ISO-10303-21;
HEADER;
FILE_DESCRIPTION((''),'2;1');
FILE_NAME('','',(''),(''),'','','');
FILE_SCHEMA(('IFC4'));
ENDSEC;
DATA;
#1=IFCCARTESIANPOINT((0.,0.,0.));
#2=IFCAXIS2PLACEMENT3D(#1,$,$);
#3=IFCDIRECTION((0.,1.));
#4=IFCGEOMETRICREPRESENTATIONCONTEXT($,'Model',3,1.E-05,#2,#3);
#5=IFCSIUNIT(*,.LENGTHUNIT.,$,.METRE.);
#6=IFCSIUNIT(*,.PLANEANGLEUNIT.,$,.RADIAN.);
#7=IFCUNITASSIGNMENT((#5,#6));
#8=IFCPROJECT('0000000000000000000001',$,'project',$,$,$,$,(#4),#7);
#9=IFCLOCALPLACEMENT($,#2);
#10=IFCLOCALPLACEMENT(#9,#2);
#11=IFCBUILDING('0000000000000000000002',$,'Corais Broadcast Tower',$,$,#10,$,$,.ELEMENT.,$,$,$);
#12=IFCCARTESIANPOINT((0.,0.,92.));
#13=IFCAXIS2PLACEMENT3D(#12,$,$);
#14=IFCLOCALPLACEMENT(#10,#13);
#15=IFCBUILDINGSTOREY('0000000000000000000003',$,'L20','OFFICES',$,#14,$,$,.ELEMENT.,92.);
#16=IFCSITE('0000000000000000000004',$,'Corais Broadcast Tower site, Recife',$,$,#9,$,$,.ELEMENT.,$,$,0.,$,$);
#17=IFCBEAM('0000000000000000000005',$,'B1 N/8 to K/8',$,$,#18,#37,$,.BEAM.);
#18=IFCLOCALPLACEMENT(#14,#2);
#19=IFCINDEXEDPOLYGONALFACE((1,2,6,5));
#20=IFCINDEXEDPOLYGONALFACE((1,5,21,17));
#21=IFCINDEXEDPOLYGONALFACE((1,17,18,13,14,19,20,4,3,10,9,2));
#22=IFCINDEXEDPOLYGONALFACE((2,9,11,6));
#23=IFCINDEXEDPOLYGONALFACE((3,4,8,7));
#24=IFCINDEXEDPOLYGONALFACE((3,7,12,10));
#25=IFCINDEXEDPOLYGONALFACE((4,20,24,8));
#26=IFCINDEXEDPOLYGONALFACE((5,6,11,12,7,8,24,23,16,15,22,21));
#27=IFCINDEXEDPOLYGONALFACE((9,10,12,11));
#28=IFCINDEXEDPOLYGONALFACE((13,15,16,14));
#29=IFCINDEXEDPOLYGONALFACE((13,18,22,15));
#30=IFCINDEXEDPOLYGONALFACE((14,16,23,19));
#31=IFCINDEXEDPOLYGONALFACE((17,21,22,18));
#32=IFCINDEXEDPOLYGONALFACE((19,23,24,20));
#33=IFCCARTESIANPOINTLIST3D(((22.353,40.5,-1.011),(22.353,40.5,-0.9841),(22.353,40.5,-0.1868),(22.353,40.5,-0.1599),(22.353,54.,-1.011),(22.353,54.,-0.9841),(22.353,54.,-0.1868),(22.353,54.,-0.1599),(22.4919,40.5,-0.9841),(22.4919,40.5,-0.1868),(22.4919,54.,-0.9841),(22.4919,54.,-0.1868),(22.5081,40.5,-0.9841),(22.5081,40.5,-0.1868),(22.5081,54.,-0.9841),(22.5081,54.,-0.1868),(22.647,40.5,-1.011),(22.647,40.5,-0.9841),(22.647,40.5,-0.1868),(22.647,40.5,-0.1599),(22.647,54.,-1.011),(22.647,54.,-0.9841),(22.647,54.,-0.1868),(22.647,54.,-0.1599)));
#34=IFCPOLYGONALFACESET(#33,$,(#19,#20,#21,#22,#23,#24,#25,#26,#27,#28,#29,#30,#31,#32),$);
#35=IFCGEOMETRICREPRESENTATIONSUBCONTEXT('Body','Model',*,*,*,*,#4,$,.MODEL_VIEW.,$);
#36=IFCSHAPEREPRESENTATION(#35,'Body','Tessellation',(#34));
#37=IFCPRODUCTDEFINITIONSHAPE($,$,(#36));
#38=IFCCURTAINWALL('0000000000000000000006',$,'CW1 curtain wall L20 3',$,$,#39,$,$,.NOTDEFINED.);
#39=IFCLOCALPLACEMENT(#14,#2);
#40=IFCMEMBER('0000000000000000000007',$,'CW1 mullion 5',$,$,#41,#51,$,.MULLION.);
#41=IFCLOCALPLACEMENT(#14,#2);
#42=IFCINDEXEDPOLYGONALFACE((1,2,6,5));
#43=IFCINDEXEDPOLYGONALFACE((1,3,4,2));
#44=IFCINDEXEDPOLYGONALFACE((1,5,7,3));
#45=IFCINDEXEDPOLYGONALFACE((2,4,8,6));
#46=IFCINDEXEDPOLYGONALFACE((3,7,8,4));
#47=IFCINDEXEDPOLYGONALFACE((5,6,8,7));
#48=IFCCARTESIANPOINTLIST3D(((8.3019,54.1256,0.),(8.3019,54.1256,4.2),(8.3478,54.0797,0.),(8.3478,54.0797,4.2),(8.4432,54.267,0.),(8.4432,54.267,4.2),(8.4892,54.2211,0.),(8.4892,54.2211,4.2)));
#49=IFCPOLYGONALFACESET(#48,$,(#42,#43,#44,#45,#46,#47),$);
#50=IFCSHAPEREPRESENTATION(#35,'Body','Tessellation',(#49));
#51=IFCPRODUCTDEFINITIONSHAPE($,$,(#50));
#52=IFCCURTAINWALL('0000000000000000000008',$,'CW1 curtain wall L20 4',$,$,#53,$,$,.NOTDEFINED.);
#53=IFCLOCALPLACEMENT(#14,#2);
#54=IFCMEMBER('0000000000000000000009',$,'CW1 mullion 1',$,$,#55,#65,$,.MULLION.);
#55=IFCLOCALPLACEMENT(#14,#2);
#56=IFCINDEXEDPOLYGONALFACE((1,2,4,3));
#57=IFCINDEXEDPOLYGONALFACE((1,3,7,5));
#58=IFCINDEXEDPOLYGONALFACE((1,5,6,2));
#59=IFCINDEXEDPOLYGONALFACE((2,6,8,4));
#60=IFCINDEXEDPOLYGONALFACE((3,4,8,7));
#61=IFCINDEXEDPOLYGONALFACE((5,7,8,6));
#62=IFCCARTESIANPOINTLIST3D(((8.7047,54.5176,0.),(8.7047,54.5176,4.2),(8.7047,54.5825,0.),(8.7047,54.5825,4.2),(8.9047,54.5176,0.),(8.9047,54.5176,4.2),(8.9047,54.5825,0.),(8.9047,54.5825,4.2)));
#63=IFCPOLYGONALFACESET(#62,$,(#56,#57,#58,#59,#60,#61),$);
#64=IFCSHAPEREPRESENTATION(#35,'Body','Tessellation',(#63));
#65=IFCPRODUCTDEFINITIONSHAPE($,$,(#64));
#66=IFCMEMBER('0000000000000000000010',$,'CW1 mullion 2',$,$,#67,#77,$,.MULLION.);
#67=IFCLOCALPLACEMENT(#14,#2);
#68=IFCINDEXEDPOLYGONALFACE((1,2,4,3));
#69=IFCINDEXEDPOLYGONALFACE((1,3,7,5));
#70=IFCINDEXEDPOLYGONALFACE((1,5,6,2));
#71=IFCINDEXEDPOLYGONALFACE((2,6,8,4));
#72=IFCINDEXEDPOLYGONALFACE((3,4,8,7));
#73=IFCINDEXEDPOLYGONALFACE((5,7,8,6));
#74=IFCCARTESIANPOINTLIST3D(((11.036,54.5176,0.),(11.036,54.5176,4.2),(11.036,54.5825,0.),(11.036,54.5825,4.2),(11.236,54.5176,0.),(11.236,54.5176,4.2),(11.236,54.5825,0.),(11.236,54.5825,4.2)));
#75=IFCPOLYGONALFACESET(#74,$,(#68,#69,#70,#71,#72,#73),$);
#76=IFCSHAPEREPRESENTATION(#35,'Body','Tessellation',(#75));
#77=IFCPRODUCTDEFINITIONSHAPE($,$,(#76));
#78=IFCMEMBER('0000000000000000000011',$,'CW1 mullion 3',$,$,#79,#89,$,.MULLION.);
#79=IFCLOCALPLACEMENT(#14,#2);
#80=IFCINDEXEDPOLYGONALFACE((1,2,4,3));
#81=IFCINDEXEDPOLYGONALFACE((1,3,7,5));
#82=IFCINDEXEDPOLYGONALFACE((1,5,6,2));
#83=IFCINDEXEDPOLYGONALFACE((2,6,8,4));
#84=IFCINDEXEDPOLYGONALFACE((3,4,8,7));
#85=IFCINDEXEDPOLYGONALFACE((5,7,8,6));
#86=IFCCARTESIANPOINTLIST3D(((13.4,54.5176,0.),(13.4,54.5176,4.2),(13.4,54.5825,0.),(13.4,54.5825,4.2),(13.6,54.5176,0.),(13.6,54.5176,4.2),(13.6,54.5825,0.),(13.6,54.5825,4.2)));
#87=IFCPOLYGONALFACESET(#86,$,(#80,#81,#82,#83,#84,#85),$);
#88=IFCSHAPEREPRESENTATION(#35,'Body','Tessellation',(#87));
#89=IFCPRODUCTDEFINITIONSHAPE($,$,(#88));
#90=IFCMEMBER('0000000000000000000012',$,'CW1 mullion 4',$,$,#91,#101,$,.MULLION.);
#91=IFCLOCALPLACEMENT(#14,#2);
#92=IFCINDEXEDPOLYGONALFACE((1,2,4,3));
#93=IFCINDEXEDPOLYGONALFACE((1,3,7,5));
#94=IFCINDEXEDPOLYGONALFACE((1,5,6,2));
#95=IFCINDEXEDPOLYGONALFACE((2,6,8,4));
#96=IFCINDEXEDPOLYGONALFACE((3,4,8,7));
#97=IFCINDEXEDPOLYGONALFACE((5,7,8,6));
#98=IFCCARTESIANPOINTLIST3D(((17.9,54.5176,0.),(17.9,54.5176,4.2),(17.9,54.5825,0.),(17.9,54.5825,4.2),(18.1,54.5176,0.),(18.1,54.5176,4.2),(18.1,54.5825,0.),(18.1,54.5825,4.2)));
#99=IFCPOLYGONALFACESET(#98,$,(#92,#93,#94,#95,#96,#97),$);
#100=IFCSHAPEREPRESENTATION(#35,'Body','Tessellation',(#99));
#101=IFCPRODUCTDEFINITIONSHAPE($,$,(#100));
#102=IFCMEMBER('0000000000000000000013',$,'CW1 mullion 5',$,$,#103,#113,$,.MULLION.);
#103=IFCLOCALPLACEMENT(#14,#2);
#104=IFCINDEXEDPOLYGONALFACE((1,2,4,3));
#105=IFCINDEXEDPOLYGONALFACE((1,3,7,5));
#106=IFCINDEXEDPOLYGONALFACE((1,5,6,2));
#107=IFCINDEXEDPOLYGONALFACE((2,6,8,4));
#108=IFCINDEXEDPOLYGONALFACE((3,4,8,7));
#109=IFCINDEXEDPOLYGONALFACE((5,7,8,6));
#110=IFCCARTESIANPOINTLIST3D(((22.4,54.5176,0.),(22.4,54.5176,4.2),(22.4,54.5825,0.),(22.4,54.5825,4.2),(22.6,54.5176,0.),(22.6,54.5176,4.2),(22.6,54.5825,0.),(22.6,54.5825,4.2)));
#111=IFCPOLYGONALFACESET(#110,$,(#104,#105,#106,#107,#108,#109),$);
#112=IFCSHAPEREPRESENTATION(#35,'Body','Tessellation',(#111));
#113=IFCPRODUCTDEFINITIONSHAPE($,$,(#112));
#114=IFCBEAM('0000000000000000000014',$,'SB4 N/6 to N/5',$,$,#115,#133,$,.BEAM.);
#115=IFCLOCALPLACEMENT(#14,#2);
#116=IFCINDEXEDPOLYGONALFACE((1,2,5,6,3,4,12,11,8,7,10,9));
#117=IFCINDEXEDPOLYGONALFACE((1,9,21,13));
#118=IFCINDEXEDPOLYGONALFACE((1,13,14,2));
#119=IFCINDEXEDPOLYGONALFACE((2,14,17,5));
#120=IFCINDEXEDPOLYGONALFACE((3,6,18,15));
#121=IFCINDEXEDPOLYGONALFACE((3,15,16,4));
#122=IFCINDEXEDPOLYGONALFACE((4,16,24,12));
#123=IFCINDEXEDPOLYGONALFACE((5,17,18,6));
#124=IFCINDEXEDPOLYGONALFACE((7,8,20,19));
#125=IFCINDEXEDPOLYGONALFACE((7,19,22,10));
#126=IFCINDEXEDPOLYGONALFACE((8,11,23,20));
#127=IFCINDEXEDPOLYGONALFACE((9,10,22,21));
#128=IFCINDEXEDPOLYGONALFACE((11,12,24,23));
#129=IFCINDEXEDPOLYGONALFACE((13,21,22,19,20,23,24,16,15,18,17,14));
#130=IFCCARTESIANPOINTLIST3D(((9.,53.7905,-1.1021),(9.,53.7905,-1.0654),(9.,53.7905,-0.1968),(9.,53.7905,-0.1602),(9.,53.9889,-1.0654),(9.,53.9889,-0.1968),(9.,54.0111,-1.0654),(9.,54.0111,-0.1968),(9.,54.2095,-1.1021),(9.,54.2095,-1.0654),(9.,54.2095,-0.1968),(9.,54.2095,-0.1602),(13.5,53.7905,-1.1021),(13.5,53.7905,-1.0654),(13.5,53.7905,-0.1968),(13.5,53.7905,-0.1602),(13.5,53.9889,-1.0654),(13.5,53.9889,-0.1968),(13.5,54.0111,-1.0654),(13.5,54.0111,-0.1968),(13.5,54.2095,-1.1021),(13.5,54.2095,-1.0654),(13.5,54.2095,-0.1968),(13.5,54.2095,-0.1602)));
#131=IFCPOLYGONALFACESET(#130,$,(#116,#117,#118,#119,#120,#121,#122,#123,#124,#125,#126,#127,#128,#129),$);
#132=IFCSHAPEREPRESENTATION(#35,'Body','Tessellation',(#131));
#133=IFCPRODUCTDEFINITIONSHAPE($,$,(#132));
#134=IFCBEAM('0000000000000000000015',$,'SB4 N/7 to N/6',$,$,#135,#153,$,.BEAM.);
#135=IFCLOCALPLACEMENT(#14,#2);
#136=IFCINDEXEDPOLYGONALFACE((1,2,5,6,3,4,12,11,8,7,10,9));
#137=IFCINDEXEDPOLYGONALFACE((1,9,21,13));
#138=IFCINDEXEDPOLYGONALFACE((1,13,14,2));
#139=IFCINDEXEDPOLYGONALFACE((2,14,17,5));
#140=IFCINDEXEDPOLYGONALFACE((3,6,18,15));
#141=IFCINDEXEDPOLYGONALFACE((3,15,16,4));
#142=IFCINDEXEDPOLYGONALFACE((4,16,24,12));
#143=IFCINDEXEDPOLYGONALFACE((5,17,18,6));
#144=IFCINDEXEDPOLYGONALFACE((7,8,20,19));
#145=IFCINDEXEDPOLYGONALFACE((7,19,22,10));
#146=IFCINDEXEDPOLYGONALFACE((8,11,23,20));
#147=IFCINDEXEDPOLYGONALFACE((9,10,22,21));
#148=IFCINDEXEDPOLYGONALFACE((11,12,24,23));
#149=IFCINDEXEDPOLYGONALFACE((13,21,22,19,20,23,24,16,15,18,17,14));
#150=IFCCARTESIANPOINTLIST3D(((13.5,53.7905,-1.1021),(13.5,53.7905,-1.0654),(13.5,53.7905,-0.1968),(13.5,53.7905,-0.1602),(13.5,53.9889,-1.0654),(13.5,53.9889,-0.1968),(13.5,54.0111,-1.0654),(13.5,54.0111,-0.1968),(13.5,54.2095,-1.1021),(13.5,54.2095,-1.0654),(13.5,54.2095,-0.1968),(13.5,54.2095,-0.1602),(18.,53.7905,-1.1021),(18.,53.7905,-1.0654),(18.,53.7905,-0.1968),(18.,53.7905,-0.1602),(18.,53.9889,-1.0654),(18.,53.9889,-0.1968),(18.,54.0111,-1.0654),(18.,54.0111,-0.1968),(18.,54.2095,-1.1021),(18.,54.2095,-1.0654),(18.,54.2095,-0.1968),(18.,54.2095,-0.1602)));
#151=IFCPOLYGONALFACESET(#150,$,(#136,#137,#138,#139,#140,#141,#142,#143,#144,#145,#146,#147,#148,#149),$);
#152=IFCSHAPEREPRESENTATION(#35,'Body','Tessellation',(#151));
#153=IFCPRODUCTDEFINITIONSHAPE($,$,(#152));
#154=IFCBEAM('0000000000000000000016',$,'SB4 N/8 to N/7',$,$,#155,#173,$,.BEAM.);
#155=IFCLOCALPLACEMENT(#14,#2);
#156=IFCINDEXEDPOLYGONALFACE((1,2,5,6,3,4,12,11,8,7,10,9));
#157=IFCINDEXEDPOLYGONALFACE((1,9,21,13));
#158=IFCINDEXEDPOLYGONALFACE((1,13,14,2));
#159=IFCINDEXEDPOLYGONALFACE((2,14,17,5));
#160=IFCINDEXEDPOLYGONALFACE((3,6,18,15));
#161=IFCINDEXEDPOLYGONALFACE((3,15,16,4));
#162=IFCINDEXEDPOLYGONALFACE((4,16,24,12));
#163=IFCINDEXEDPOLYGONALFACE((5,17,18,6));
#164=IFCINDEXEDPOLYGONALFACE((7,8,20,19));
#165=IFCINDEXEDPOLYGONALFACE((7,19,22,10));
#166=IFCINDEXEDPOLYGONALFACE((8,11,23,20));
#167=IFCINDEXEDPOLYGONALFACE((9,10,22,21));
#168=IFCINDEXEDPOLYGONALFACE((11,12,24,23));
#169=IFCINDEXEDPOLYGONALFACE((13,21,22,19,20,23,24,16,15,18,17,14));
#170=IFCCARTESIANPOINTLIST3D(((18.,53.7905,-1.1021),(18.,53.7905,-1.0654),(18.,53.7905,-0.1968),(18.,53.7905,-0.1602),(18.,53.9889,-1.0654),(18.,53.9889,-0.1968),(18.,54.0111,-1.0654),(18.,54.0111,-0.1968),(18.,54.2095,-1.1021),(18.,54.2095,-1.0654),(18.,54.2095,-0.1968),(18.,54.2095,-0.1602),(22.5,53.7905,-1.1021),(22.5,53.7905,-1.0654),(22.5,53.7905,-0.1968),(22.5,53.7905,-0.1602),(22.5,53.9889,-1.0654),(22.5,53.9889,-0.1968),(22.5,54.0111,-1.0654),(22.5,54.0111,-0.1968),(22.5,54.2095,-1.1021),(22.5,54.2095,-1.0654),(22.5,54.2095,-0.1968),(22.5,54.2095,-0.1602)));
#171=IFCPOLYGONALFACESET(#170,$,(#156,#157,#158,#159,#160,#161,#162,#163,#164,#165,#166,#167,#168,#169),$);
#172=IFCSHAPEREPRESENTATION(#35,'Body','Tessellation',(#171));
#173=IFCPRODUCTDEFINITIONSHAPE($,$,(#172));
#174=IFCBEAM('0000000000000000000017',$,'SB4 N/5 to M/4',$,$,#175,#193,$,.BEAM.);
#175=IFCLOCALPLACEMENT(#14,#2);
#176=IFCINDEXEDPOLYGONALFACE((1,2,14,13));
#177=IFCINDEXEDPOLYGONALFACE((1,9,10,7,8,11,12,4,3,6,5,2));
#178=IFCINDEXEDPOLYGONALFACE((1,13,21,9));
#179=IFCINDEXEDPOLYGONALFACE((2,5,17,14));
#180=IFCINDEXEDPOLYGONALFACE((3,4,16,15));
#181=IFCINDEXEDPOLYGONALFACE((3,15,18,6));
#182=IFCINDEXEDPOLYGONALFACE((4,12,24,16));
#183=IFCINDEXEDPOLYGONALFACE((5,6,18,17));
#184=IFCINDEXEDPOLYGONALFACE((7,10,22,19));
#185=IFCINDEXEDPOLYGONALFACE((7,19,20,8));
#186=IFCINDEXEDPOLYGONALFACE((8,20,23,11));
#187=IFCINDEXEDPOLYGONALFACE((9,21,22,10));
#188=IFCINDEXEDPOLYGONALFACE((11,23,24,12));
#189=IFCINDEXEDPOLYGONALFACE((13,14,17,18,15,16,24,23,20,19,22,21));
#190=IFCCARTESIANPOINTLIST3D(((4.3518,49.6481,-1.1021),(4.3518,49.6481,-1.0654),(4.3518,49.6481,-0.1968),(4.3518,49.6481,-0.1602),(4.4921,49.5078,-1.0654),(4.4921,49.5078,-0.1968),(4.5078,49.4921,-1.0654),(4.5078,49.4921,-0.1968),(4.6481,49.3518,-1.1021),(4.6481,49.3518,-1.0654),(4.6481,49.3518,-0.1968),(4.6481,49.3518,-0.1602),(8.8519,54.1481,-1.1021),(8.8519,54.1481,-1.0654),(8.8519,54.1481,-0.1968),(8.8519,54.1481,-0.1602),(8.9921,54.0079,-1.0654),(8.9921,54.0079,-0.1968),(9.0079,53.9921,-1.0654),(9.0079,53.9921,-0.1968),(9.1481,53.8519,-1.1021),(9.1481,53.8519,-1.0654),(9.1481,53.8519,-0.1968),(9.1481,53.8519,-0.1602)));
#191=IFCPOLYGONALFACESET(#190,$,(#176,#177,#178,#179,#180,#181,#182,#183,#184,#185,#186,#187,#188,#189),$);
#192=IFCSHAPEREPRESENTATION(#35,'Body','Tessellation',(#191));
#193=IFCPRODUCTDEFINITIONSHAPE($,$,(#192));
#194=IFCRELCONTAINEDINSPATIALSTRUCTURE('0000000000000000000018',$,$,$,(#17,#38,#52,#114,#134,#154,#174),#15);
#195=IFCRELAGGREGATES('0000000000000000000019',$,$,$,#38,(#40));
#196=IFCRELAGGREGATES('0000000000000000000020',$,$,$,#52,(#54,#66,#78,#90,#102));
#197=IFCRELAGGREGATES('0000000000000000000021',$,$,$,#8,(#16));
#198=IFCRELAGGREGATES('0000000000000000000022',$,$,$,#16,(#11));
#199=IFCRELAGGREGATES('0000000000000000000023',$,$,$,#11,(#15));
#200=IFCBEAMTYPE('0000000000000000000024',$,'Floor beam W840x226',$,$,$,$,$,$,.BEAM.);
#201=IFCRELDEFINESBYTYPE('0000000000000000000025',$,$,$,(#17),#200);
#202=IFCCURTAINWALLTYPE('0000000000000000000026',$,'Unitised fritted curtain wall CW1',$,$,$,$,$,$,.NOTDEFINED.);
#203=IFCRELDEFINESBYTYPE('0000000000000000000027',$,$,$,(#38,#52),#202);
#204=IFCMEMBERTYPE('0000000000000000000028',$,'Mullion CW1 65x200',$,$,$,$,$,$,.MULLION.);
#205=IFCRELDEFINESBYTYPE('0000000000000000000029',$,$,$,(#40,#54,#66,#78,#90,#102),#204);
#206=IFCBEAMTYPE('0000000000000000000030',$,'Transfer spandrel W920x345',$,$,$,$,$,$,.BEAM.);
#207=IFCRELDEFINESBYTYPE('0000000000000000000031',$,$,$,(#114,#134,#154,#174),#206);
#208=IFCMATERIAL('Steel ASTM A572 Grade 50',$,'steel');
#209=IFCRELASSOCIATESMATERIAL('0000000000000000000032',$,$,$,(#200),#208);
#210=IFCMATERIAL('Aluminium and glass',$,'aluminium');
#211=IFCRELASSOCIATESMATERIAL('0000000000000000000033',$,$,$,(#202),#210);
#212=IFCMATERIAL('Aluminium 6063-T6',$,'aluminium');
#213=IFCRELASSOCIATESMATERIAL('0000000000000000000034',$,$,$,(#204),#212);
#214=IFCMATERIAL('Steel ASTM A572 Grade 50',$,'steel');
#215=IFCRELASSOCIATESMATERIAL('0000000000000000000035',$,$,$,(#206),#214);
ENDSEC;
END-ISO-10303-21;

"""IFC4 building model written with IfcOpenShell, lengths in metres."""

from ifc_helpers import new_model, si_unit, direction, frame, origin, origin_2d, place, context, subcontext, project, spatial, rectangle, i_section, extrude, material, material_profile, profile_set, type_object, element, aggregate, save


model = new_model("IFC4")

# Units and contexts
model_context = context("Model", 3, precision=1e-05, world=origin(), true_north=direction((0.0, 1.0)))
body_context = subcontext(model_context, "Body", "Model", "MODEL_VIEW")
ifc_project = project(units=[si_unit("LENGTHUNIT", "METRE"), si_unit("PLANEANGLEUNIT", "RADIAN")], contexts=[model_context])

# Site, building, storey
site_placement = place(None, origin())
site = spatial("IfcSite", under=ifc_project, at=site_placement, Name="Corais Broadcast Tower site, Recife", CompositionType="ELEMENT", RefElevation=0.0)
building_placement = place(site_placement, origin())
building = spatial("IfcBuilding", under=site, at=building_placement, Name="Corais Broadcast Tower", CompositionType="ELEMENT")
storey_placement = place(building_placement, frame((0.0, 0.0, 92.0)))
storey = spatial("IfcBuildingStorey", under=building, at=storey_placement, Name="L20", Description="OFFICES", CompositionType="ELEMENT", Elevation=92.0)

# Beam
ifc_material_1 = material(Name="Steel ASTM A572 Grade 50", Category="steel")
ifc_material_profile_1 = material_profile(ifc_material_1, i_section(OverallWidth=0.2939, OverallDepth=0.8511, WebThickness=0.0161, FlangeThickness=0.0269, at=origin_2d()), Name="W840x226")
ifc_profile_set_1 = profile_set([ifc_material_profile_1], Name="Steel ASTM A572 Grade 50")
beam_type_1 = type_object("IfcBeamType", Name="Floor beam W840x226", PredefinedType="BEAM", material=ifc_profile_set_1)
for number, where, z_axis, x_axis, name in (
    (1, (22.5, 54.0, -0.5854), (0.0, -1.0, 0.0), (1.0, 0.0, 0.0), "B1 N/8 to K/8"),
):
    element("IfcBeam", number, at=place(storey_placement, frame(where, z_axis=z_axis, x_axis=x_axis)), inside=storey, type_object=beam_type_1, Name=name, PredefinedType="BEAM", context=body_context, shape_type="SweptSolid", body=[
        extrude(i_section(OverallWidth=0.2939, OverallDepth=0.8511, WebThickness=0.0161, FlangeThickness=0.0269, at=origin_2d()), origin(), (0.0, 0.0, 1.0), 13.5),
    ])

# Curtain wall, member
ifc_material_2 = material(Name="Aluminium and glass", Category="aluminium")
curtain_wall_type = type_object("IfcCurtainWallType", Name="Unitised fritted curtain wall CW1", PredefinedType="NOTDEFINED", material=ifc_material_2)
curtain_wall_1_placement = place(storey_placement, origin())
curtain_wall_1 = element("IfcCurtainWall", 2, at=curtain_wall_1_placement, inside=storey, type_object=curtain_wall_type, Name="CW1 curtain wall L20 3", PredefinedType="NOTDEFINED")
ifc_material_3 = material(Name="Aluminium 6063-T6", Category="aluminium")
ifc_material_profile_2 = material_profile(ifc_material_3, rectangle(XDim=0.0649, YDim=0.2, at=origin_2d()), Name="Mullion CW1 65x200")
ifc_profile_set_2 = profile_set([ifc_material_profile_2], Name="Aluminium 6063-T6")
member_type_1 = type_object("IfcMemberType", Name="Mullion CW1 65x200", PredefinedType="MULLION", material=ifc_profile_set_2)
member_1_placement = place(storey_placement, frame((8.3955, 54.1733, 0.0), z_axis=(0.0, 0.0, 1.0), x_axis=(-0.707107, 0.707107, 0.0)))
member_1 = element("IfcMember", 3, at=member_1_placement, type_object=member_type_1, Name="CW1 mullion 5", PredefinedType="MULLION", context=body_context, shape_type="SweptSolid", body=[
    extrude(rectangle(XDim=0.0649, YDim=0.2, at=origin_2d()), origin(), (0.0, 0.0, 1.0), 4.2),
])
aggregate(curtain_wall_1, [member_1])

# Curtain wall, members
curtain_wall_2_placement = place(storey_placement, origin())
curtain_wall_2 = element("IfcCurtainWall", 4, at=curtain_wall_2_placement, inside=storey, type_object=curtain_wall_type, Name="CW1 curtain wall L20 4", PredefinedType="NOTDEFINED")
member_2_placement = place(storey_placement, frame((8.8047, 54.55, 0.0), z_axis=(0.0, 0.0, 1.0), x_axis=(0.0, 1.0, 0.0)))
member_2 = element("IfcMember", 5, at=member_2_placement, type_object=member_type_1, Name="CW1 mullion 1", PredefinedType="MULLION", context=body_context, shape_type="SweptSolid", body=[
    extrude(rectangle(XDim=0.0649, YDim=0.2, at=origin_2d()), origin(), (0.0, 0.0, 1.0), 4.2),
])
member_3_placement = place(storey_placement, frame((11.136, 54.55, 0.0), z_axis=(0.0, 0.0, 1.0), x_axis=(0.0, 1.0, 0.0)))
member_3 = element("IfcMember", 6, at=member_3_placement, type_object=member_type_1, Name="CW1 mullion 2", PredefinedType="MULLION", context=body_context, shape_type="SweptSolid", body=[
    extrude(rectangle(XDim=0.0649, YDim=0.2, at=origin_2d()), origin(), (0.0, 0.0, 1.0), 4.2),
])
member_4_placement = place(storey_placement, frame((13.5, 54.55, 0.0), z_axis=(0.0, 0.0, 1.0), x_axis=(0.0, 1.0, 0.0)))
member_4 = element("IfcMember", 7, at=member_4_placement, type_object=member_type_1, Name="CW1 mullion 3", PredefinedType="MULLION", context=body_context, shape_type="SweptSolid", body=[
    extrude(rectangle(XDim=0.0649, YDim=0.2, at=origin_2d()), origin(), (0.0, 0.0, 1.0), 4.2),
])
member_5_placement = place(storey_placement, frame((18.0, 54.55, 0.0), z_axis=(0.0, 0.0, 1.0), x_axis=(0.0, 1.0, 0.0)))
member_5 = element("IfcMember", 8, at=member_5_placement, type_object=member_type_1, Name="CW1 mullion 4", PredefinedType="MULLION", context=body_context, shape_type="SweptSolid", body=[
    extrude(rectangle(XDim=0.0649, YDim=0.2, at=origin_2d()), origin(), (0.0, 0.0, 1.0), 4.2),
])
member_6_placement = place(storey_placement, frame((22.5, 54.55, 0.0), z_axis=(0.0, 0.0, 1.0), x_axis=(0.0, 1.0, 0.0)))
member_6 = element("IfcMember", 9, at=member_6_placement, type_object=member_type_1, Name="CW1 mullion 5", PredefinedType="MULLION", context=body_context, shape_type="SweptSolid", body=[
    extrude(rectangle(XDim=0.0649, YDim=0.2, at=origin_2d()), origin(), (0.0, 0.0, 1.0), 4.2),
])

# Beams
ifc_material_4 = material(Name="Steel ASTM A572 Grade 50", Category="steel")
ifc_material_profile_3 = material_profile(ifc_material_4, i_section(OverallWidth=0.4189, OverallDepth=0.9419, WebThickness=0.0222, FlangeThickness=0.0366, at=origin_2d()), Name="W920x345")
ifc_profile_set_3 = profile_set([ifc_material_profile_3], Name="Steel ASTM A572 Grade 50")
beam_type_2 = type_object("IfcBeamType", Name="Transfer spandrel W920x345", PredefinedType="BEAM", material=ifc_profile_set_3)
for number, where, z_axis, x_axis, name in (
    (10, (13.5, 54.0, -0.6311), (-1.0, 0.0, 0.0), (0.0, -1.0, 0.0), "SB4 N/6 to N/5"),
    (11, (18.0, 54.0, -0.6311), (-1.0, 0.0, 0.0), (0.0, -1.0, 0.0), "SB4 N/7 to N/6"),
    (12, (22.5, 54.0, -0.6311), (-1.0, 0.0, 0.0), (0.0, -1.0, 0.0), "SB4 N/8 to N/7"),
):
    element("IfcBeam", number, at=place(storey_placement, frame(where, z_axis=z_axis, x_axis=x_axis)), inside=storey, type_object=beam_type_2, Name=name, PredefinedType="BEAM", context=body_context, shape_type="SweptSolid", body=[
        extrude(i_section(OverallWidth=0.4189, OverallDepth=0.9419, WebThickness=0.0222, FlangeThickness=0.0366, at=origin_2d()), origin(), (0.0, 0.0, 1.0), 4.5),
    ])
beam_1_placement = place(storey_placement, frame((9.0, 54.0, -0.6311), z_axis=(-0.707107, -0.707107, 0.0), x_axis=(0.707107, -0.707107, 0.0)))
element("IfcBeam", 13, at=beam_1_placement, inside=storey, type_object=beam_type_2, Name="SB4 N/5 to M/4", PredefinedType="BEAM", context=body_context, shape_type="SweptSolid", body=[
    extrude(i_section(OverallWidth=0.4189, OverallDepth=0.9419, WebThickness=0.0222, FlangeThickness=0.0366, at=origin_2d()), origin(), (0.0, 0.0, 1.0), 6.364),
])

aggregate(curtain_wall_2, [member_2, member_3, member_4, member_5, member_6])

save(model, "model.ifc")
